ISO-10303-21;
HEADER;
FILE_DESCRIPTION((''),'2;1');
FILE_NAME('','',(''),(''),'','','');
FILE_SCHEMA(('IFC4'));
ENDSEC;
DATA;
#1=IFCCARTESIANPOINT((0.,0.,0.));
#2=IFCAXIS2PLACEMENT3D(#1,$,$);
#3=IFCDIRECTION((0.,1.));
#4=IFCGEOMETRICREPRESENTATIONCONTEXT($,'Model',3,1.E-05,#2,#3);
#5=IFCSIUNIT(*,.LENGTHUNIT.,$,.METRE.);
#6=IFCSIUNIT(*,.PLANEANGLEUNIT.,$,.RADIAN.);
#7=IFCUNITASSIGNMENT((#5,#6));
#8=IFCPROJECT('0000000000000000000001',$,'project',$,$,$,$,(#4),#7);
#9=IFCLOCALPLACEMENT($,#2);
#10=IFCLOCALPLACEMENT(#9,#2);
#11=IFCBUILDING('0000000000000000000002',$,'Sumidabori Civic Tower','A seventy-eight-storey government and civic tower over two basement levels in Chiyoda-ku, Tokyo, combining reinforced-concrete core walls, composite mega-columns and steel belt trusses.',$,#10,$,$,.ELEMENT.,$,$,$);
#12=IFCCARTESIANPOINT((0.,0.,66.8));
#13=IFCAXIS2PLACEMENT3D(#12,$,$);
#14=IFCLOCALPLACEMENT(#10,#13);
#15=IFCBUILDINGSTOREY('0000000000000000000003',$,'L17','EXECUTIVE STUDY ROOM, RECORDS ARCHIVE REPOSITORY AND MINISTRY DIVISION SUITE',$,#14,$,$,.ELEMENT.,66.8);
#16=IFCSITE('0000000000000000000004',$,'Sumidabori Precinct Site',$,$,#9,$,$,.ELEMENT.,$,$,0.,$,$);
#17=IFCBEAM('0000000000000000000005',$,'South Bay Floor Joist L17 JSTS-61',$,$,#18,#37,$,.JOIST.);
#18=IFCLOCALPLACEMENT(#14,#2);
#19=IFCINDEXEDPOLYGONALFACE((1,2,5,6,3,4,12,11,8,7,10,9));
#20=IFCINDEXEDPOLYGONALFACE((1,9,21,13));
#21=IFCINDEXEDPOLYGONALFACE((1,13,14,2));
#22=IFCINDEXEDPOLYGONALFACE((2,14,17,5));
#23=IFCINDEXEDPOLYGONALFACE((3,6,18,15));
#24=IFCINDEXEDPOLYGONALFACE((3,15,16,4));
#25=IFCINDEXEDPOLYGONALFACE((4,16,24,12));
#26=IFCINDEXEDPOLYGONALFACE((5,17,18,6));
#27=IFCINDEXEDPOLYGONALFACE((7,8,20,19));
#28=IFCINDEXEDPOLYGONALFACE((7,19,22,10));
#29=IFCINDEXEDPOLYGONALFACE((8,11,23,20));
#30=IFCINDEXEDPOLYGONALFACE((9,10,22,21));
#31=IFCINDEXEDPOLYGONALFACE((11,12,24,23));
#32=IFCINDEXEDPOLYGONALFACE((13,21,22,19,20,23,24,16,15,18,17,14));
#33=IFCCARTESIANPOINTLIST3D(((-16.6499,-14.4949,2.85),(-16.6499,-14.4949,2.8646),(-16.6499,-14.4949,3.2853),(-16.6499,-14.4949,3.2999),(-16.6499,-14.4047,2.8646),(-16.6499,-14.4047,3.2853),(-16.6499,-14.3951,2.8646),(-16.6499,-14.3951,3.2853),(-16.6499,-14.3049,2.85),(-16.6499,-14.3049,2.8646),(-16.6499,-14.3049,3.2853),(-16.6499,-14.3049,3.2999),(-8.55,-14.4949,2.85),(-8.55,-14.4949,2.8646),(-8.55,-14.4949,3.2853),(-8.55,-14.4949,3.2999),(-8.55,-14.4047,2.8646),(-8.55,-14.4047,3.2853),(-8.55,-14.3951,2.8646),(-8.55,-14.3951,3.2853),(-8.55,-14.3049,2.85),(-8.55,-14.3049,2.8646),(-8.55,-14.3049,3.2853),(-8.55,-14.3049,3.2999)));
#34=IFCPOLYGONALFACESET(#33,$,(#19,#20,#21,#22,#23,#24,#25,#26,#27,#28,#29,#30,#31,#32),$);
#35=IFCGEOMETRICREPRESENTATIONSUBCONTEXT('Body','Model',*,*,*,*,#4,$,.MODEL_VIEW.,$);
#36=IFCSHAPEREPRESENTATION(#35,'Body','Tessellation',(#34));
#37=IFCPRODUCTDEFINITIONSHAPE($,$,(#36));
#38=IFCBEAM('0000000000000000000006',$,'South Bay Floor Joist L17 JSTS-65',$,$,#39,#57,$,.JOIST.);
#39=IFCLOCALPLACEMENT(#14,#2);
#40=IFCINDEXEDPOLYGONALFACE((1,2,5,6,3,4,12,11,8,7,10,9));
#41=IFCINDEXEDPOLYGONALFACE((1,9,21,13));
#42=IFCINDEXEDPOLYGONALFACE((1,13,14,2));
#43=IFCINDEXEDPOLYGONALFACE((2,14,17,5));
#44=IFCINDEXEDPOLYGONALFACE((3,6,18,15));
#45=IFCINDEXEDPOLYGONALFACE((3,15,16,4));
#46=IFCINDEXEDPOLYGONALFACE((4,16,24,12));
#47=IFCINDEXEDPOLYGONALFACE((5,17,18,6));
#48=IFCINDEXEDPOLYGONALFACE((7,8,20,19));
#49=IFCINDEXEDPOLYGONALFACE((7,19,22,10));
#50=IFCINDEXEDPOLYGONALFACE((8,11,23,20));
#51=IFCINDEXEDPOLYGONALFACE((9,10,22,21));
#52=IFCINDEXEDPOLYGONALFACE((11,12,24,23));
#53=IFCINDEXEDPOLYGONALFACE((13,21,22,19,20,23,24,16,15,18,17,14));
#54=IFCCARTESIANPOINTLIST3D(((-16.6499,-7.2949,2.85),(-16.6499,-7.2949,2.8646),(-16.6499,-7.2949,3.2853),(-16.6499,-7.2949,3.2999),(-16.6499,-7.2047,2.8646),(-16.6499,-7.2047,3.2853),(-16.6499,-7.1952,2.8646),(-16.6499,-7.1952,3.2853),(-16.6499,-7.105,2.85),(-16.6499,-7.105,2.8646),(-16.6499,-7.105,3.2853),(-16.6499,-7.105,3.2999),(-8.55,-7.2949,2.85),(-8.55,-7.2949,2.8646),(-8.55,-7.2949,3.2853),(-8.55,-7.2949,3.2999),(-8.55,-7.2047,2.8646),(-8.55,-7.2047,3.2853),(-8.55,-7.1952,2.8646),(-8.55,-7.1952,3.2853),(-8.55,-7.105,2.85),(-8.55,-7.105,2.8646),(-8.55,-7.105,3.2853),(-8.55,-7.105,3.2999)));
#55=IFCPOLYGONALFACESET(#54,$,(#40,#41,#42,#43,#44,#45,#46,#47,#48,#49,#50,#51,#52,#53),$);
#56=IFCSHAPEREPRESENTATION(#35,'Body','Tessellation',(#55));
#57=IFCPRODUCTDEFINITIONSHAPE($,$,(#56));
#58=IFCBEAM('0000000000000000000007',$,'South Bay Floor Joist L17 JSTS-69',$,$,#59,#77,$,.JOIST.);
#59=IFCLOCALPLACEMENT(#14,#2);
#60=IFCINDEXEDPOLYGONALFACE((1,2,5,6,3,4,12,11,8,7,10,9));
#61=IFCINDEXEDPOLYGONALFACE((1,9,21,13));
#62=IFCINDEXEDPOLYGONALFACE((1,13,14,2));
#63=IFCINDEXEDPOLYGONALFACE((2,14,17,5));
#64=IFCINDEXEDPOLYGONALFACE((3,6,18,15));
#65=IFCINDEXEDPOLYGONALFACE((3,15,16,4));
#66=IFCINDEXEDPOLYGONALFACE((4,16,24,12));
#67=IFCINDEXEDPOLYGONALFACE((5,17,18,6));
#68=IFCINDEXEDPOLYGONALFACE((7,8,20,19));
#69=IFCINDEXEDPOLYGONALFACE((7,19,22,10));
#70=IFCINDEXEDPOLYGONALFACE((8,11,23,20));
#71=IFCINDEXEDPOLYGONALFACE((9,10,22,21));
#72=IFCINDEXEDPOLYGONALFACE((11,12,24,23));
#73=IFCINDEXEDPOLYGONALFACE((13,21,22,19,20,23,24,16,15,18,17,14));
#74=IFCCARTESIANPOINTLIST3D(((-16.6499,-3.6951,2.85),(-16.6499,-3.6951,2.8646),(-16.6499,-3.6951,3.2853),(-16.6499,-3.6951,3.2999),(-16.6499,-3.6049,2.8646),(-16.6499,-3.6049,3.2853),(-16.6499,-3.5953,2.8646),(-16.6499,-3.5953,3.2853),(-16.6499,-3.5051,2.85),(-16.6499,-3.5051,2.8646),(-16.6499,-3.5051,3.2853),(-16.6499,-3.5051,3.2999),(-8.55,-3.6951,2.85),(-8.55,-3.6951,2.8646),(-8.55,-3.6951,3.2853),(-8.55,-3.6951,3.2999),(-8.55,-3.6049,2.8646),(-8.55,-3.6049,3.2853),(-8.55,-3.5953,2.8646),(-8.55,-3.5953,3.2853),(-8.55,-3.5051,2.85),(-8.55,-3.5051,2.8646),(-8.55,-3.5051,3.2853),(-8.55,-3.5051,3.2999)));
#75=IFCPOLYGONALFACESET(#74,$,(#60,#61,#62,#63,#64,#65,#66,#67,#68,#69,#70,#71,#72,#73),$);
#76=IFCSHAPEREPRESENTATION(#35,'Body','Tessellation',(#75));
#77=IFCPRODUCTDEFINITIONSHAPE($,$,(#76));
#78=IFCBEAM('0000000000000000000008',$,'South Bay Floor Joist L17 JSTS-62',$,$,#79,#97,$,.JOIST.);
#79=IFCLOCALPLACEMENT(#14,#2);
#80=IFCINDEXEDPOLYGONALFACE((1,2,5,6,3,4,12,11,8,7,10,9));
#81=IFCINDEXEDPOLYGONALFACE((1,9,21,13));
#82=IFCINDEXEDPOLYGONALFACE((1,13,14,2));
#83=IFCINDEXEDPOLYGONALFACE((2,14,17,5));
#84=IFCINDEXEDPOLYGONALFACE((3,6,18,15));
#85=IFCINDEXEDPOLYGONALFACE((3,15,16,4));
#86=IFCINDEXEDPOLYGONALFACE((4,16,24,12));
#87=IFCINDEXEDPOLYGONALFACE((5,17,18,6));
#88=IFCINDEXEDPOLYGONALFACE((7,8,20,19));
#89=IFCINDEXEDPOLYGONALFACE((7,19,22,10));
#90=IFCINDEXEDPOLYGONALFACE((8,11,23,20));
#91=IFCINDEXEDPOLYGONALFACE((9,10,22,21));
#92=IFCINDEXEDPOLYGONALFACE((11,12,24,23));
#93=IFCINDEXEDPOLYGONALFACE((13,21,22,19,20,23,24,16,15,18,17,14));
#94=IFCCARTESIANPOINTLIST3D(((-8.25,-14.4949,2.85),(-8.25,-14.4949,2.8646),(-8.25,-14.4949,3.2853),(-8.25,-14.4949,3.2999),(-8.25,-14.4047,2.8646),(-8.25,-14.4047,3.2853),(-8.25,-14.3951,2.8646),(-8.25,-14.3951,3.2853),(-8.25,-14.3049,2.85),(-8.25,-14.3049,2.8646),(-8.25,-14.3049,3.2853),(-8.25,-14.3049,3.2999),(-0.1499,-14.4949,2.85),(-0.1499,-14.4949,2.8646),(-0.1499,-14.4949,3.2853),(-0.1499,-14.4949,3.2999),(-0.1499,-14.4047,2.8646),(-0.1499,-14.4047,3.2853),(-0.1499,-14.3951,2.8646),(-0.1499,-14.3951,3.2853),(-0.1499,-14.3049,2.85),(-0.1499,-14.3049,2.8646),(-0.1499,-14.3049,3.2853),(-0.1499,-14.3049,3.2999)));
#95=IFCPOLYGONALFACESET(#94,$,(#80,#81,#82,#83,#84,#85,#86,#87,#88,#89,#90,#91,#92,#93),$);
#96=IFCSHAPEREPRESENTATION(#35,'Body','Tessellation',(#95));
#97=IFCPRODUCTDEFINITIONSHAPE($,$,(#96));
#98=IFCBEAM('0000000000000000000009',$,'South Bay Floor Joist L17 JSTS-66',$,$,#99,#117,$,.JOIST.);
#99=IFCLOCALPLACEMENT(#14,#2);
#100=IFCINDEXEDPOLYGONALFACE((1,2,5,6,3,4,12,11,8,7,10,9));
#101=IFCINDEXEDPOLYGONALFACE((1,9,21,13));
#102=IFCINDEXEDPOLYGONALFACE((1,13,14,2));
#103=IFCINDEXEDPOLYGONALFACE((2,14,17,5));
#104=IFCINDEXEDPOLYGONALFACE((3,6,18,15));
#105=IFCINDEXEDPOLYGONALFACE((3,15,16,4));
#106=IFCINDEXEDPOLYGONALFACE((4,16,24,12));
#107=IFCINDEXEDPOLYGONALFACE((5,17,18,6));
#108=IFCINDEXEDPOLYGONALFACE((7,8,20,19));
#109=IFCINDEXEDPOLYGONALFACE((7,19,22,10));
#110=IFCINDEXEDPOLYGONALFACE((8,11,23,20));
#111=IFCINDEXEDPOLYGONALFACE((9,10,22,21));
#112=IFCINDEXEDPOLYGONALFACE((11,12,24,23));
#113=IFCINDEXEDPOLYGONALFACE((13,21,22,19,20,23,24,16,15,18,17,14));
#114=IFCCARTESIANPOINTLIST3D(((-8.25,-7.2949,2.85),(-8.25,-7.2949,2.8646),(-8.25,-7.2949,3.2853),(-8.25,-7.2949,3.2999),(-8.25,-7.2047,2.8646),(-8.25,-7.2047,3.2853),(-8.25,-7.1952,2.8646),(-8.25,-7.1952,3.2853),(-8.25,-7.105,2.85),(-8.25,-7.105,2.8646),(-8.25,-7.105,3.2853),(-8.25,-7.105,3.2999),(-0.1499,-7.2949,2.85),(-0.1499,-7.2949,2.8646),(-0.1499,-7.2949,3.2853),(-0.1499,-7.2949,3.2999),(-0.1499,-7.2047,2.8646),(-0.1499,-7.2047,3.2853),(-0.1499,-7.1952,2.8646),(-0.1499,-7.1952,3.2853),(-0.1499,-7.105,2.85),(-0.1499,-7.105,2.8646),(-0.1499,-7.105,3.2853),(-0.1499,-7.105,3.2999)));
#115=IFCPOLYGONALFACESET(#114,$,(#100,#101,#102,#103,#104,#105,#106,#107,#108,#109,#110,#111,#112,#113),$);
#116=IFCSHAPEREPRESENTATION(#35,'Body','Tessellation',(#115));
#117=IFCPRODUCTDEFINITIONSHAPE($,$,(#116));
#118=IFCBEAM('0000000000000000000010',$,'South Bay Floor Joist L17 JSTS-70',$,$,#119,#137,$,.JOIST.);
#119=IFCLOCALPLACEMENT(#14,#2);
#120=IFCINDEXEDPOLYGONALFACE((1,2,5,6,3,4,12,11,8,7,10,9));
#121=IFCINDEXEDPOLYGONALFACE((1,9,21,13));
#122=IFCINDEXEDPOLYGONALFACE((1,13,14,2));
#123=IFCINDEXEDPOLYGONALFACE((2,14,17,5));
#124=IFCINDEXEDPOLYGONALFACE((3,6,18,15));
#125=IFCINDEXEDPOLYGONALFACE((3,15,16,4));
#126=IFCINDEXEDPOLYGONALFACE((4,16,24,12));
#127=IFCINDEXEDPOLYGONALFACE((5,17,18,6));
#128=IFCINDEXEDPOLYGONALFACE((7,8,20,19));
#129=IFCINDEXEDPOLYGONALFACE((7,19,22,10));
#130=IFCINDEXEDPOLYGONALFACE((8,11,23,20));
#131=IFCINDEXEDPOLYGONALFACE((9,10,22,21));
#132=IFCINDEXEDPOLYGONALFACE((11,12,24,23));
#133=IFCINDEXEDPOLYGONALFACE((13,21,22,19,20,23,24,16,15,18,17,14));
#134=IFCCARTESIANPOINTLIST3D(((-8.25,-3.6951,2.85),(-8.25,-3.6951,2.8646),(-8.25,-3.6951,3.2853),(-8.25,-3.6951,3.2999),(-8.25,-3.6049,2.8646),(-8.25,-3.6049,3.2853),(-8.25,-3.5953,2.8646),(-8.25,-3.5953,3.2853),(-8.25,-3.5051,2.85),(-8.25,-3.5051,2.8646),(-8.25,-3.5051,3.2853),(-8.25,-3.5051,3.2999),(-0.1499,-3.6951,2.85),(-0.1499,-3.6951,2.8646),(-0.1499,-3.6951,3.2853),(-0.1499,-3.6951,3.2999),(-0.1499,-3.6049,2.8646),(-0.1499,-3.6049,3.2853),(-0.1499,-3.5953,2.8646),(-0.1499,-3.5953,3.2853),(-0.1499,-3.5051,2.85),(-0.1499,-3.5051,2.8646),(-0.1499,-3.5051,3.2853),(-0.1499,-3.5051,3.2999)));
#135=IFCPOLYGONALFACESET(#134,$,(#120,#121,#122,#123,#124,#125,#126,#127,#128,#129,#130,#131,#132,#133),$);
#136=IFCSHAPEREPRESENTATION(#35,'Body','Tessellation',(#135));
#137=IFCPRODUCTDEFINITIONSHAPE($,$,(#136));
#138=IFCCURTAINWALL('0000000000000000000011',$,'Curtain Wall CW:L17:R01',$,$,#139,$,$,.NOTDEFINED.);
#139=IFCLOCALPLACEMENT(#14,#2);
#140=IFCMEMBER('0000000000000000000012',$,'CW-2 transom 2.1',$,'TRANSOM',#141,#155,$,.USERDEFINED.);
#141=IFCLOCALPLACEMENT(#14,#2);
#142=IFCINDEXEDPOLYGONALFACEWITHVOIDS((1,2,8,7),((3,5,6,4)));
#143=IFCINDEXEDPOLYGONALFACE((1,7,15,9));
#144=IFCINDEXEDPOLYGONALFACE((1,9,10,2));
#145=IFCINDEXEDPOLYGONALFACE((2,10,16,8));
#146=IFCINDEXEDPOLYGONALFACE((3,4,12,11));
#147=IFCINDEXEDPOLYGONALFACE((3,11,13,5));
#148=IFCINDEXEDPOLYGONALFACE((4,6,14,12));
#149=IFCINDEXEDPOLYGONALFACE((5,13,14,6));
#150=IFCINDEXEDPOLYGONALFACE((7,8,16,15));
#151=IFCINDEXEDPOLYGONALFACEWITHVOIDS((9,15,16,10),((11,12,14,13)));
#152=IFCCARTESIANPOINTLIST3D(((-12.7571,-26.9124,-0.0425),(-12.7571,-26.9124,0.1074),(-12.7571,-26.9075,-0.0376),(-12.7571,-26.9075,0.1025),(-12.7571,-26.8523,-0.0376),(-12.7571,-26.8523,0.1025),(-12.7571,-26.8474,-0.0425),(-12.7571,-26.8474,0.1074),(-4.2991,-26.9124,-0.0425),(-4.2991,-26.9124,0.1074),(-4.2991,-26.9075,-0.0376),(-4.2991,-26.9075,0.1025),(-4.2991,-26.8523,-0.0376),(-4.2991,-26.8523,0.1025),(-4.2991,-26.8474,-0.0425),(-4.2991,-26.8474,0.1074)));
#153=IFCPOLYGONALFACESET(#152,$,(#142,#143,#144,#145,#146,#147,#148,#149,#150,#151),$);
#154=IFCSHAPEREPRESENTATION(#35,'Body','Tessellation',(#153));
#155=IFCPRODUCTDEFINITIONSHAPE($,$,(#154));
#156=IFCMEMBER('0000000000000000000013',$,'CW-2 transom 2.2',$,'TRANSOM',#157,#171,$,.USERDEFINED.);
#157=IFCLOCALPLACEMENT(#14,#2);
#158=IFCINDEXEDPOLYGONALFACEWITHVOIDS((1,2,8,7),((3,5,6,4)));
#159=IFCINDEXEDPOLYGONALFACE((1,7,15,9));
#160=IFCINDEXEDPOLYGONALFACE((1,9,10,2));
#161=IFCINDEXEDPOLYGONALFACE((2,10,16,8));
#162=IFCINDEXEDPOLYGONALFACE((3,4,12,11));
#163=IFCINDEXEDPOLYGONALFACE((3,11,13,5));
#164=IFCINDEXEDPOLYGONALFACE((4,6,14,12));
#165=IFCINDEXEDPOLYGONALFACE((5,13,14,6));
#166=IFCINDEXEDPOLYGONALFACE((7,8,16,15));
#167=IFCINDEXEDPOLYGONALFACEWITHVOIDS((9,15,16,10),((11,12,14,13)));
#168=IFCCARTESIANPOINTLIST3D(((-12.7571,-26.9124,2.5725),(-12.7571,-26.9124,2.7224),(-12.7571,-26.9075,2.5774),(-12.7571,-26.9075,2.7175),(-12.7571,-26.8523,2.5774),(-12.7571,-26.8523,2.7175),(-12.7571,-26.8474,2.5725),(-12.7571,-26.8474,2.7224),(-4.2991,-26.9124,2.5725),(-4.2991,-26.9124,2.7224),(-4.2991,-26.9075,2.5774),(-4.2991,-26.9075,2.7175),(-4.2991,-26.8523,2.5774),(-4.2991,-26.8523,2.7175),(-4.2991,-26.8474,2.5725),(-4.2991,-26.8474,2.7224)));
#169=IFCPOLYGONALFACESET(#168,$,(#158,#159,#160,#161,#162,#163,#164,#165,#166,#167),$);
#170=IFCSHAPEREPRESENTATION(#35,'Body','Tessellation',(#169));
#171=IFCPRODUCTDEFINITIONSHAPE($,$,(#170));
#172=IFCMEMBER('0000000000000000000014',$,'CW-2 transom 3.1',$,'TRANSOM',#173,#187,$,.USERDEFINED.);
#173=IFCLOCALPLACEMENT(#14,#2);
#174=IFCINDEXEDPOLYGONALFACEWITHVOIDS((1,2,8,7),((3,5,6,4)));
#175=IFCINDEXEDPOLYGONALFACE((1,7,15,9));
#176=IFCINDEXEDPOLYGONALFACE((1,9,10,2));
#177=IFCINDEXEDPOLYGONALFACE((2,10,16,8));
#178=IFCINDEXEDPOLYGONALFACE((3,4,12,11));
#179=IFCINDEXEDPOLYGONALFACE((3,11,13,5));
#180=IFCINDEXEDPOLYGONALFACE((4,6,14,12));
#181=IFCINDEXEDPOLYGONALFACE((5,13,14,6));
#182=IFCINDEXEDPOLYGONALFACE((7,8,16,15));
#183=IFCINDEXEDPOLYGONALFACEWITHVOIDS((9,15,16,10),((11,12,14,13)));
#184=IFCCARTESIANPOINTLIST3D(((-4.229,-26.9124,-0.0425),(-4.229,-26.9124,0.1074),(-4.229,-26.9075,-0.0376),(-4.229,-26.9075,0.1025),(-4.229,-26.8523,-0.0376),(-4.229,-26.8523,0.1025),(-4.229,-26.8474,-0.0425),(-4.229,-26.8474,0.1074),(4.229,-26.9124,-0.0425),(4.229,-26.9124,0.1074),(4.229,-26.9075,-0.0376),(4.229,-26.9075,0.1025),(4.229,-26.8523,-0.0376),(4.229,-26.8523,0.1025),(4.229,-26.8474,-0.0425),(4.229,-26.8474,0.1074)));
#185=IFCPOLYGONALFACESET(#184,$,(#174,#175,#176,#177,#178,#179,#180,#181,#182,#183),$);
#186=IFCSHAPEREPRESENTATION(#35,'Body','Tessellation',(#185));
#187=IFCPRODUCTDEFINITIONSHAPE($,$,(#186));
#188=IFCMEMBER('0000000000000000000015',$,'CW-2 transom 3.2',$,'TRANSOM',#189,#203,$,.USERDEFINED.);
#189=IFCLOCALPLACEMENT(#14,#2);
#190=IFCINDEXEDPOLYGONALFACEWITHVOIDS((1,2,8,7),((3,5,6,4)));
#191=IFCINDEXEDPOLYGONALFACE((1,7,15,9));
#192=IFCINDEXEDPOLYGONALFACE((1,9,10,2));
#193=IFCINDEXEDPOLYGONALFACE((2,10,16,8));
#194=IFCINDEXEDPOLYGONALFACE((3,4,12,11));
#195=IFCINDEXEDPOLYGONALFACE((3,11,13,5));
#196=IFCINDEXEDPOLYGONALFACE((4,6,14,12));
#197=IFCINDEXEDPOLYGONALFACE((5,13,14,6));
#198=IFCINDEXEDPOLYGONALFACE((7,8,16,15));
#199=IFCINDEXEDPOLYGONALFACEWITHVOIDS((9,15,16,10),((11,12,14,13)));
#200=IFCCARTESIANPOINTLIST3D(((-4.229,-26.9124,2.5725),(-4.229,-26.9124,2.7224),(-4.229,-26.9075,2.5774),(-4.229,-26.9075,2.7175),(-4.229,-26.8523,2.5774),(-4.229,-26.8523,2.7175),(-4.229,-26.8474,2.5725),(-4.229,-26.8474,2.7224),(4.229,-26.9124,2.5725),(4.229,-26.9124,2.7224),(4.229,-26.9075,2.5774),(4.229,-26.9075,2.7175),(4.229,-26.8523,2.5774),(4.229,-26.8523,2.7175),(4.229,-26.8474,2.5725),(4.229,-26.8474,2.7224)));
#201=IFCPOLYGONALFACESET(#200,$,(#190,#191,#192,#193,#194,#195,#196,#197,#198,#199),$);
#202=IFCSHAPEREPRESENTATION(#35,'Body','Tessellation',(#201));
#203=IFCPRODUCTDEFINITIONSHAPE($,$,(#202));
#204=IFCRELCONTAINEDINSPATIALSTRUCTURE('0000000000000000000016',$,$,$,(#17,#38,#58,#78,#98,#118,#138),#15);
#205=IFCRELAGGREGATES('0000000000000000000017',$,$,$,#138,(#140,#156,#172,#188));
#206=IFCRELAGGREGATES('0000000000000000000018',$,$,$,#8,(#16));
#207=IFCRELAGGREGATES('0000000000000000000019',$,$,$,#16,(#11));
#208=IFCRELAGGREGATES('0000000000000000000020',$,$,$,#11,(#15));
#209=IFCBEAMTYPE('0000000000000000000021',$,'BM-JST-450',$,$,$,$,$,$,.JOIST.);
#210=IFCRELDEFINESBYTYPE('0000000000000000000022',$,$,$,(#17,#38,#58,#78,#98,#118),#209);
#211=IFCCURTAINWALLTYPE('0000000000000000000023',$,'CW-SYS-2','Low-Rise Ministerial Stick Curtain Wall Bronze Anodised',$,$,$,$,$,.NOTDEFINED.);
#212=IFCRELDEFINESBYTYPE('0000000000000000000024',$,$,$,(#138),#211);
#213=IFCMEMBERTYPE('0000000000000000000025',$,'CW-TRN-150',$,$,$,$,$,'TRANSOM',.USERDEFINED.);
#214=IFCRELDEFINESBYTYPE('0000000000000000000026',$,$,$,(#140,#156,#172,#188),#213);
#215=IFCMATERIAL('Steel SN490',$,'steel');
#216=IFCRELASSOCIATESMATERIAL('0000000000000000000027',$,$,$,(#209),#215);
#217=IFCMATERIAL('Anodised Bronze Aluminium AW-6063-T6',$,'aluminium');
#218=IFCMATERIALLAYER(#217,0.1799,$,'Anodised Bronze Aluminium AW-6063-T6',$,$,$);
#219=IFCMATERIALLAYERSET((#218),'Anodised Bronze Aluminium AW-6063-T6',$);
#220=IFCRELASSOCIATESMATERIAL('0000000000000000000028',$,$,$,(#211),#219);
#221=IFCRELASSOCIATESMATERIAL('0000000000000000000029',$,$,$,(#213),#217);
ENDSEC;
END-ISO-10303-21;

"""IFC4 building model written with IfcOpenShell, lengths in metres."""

from ifc_helpers import new_model, si_unit, direction, frame, origin, origin_2d, place, context, subcontext, project, spatial, hollow_rectangle, i_section, extrude, source, transform, mapped, material, layer, layer_set, material_profile, profile_set, type_object, element, aggregate, save


model = new_model("IFC4")

# Units and contexts
model_context = context("Model", 3, precision=1e-05, world=origin(), true_north=direction((0.0, 1.0)))
body_context = subcontext(model_context, "Body", "Model", "MODEL_VIEW")
ifc_project = project(units=[si_unit("LENGTHUNIT", "METRE"), si_unit("PLANEANGLEUNIT", "RADIAN")], contexts=[model_context])

# Site, building, storey
site_placement = place(None, origin())
site = spatial("IfcSite", under=ifc_project, at=site_placement, Name="Sumidabori Precinct Site", CompositionType="ELEMENT", RefElevation=0.0)
building_placement = place(site_placement, origin())
building = spatial("IfcBuilding", under=site, at=building_placement, Name="Sumidabori Civic Tower", Description="A seventy-eight-storey government and civic tower over two basement levels in Chiyoda-ku, Tokyo, combining reinforced-concrete core walls, composite mega-columns and steel belt trusses.", CompositionType="ELEMENT")
storey_placement = place(building_placement, frame((0.0, 0.0, 66.8)))
storey = spatial("IfcBuildingStorey", under=building, at=storey_placement, Name="L17", Description="EXECUTIVE STUDY ROOM, RECORDS ARCHIVE REPOSITORY AND MINISTRY DIVISION SUITE", CompositionType="ELEMENT", Elevation=66.8)

# Beams
ifc_material_1 = material(Name="Steel SN490", Category="steel")
ifc_material_profile_1 = material_profile(ifc_material_1, i_section(OverallWidth=0.1899, OverallDepth=0.45, WebThickness=0.0095, FlangeThickness=0.0146, at=origin_2d()), Name="IPE 450")
ifc_profile_set_1 = profile_set([ifc_material_profile_1], Name="Steel SN490")
beam_type_1 = type_object("IfcBeamType", Name="BM-JST-450", PredefinedType="JOIST", material=ifc_profile_set_1)
shared_shape_1 = source(origin(), body_context, "Body", "SweptSolid", [
    extrude(i_section(OverallWidth=0.1899, OverallDepth=0.45, WebThickness=0.0095, FlangeThickness=0.0146, at=origin_2d()), origin(), (0.0, 0.0, 1.0), 8.0999),
])
for number, where, z_axis, x_axis, name in (
    (1, (-16.6499, -14.3999, 3.075), (1.0, 0.0, 0.0), (0.0, 1.0, 0.0), "South Bay Floor Joist L17 JSTS-61"),
    (2, (-16.6499, -7.2, 3.075), (1.0, 0.0, 0.0), (0.0, 1.0, 0.0), "South Bay Floor Joist L17 JSTS-65"),
    (3, (-16.6499, -3.6001, 3.075), (1.0, 0.0, 0.0), (0.0, 1.0, 0.0), "South Bay Floor Joist L17 JSTS-69"),
):
    element("IfcBeam", number, at=place(storey_placement, frame(where, z_axis=z_axis, x_axis=x_axis)), inside=storey, type_object=beam_type_1, Name=name, PredefinedType="JOIST", context=body_context, shape_type="MappedRepresentation", body=[
        mapped(shared_shape_1, transform((0.0, 0.0, 0.0), x_axis=(1.0, 0.0, 0.0), y_axis=(0.0, 1.0, 0.0), z_axis=(0.0, 0.0, 1.0), scale=1.0)),
    ])
shared_shape_2 = source(origin(), body_context, "Body", "SweptSolid", [
    extrude(i_section(OverallWidth=0.1899, OverallDepth=0.45, WebThickness=0.0095, FlangeThickness=0.0146, at=origin_2d()), origin(), (0.0, 0.0, 1.0), 8.1001),
])
for number, where, z_axis, x_axis, name in (
    (4, (-8.25, -14.3999, 3.075), (1.0, 0.0, 0.0), (0.0, 1.0, 0.0), "South Bay Floor Joist L17 JSTS-62"),
    (5, (-8.25, -7.2, 3.075), (1.0, 0.0, 0.0), (0.0, 1.0, 0.0), "South Bay Floor Joist L17 JSTS-66"),
    (6, (-8.25, -3.6001, 3.075), (1.0, 0.0, 0.0), (0.0, 1.0, 0.0), "South Bay Floor Joist L17 JSTS-70"),
):
    element("IfcBeam", number, at=place(storey_placement, frame(where, z_axis=z_axis, x_axis=x_axis)), inside=storey, type_object=beam_type_1, Name=name, PredefinedType="JOIST", context=body_context, shape_type="MappedRepresentation", body=[
        mapped(shared_shape_2, transform((0.0, 0.0, 0.0), x_axis=(1.0, 0.0, 0.0), y_axis=(0.0, 1.0, 0.0), z_axis=(0.0, 0.0, 1.0), scale=1.0)),
    ])

# Curtain wall, members
ifc_material_2 = material(Name="Anodised Bronze Aluminium AW-6063-T6", Category="aluminium")
ifc_layer_1 = layer(ifc_material_2, 0.1799, Name="Anodised Bronze Aluminium AW-6063-T6")
ifc_layer_set_1 = layer_set([ifc_layer_1], Name="Anodised Bronze Aluminium AW-6063-T6")
curtain_wall_type = type_object("IfcCurtainWallType", Name="CW-SYS-2", Description="Low-Rise Ministerial Stick Curtain Wall Bronze Anodised", PredefinedType="NOTDEFINED", material=ifc_layer_set_1)
curtain_wall_placement = place(storey_placement, origin())
curtain_wall = element("IfcCurtainWall", 7, at=curtain_wall_placement, inside=storey, type_object=curtain_wall_type, Name="Curtain Wall CW:L17:R01", PredefinedType="NOTDEFINED")
ifc_material_profile_2 = material_profile(ifc_material_2, hollow_rectangle(XDim=0.0649, YDim=0.1499, WallThickness=0.0049, at=origin_2d()), Name="ALU TRANSOM 150x65")
ifc_profile_set_2 = profile_set([ifc_material_profile_2], Name="Anodised Bronze Aluminium AW-6063-T6")
member_type_1 = type_object("IfcMemberType", Name="CW-TRN-150", ElementType="TRANSOM", PredefinedType="USERDEFINED", material=ifc_profile_set_2)
shared_shape_3 = source(origin(), body_context, "Body", "SweptSolid", [
    extrude(hollow_rectangle(XDim=0.0649, YDim=0.1499, WallThickness=0.0049, at=origin_2d()), origin(), (0.0, 0.0, 1.0), 8.458),
])
member_1_placement = place(storey_placement, frame((-12.7571, -26.8799, 0.0325), z_axis=(1.0, 0.0, 0.0), x_axis=(0.0, 1.0, 0.0)))
member_1 = element("IfcMember", 8, at=member_1_placement, type_object=member_type_1, Name="CW-2 transom 2.1", ObjectType="TRANSOM", PredefinedType="USERDEFINED", context=body_context, shape_type="MappedRepresentation", body=[
    mapped(shared_shape_3, transform((0.0, 0.0, 0.0), x_axis=(1.0, 0.0, 0.0), y_axis=(0.0, 1.0, 0.0), z_axis=(0.0, 0.0, 1.0), scale=1.0)),
])
member_2_placement = place(storey_placement, frame((-12.7571, -26.8799, 2.6475), z_axis=(1.0, 0.0, 0.0), x_axis=(0.0, 1.0, 0.0)))
member_2 = element("IfcMember", 9, at=member_2_placement, type_object=member_type_1, Name="CW-2 transom 2.2", ObjectType="TRANSOM", PredefinedType="USERDEFINED", context=body_context, shape_type="MappedRepresentation", body=[
    mapped(shared_shape_3, transform((0.0, 0.0, 0.0), x_axis=(1.0, 0.0, 0.0), y_axis=(0.0, 1.0, 0.0), z_axis=(0.0, 0.0, 1.0), scale=1.0)),
])
member_3_placement = place(storey_placement, frame((-4.229, -26.8799, 0.0325), z_axis=(1.0, 0.0, 0.0), x_axis=(0.0, 1.0, 0.0)))
member_3 = element("IfcMember", 10, at=member_3_placement, type_object=member_type_1, Name="CW-2 transom 3.1", ObjectType="TRANSOM", PredefinedType="USERDEFINED", context=body_context, shape_type="MappedRepresentation", body=[
    mapped(shared_shape_3, transform((0.0, 0.0, 0.0), x_axis=(1.0, 0.0, 0.0), y_axis=(0.0, 1.0, 0.0), z_axis=(0.0, 0.0, 1.0), scale=1.0)),
])
member_4_placement = place(storey_placement, frame((-4.229, -26.8799, 2.6475), z_axis=(1.0, 0.0, 0.0), x_axis=(0.0, 1.0, 0.0)))
member_4 = element("IfcMember", 11, at=member_4_placement, type_object=member_type_1, Name="CW-2 transom 3.2", ObjectType="TRANSOM", PredefinedType="USERDEFINED", context=body_context, shape_type="MappedRepresentation", body=[
    mapped(shared_shape_3, transform((0.0, 0.0, 0.0), x_axis=(1.0, 0.0, 0.0), y_axis=(0.0, 1.0, 0.0), z_axis=(0.0, 0.0, 1.0), scale=1.0)),
])
aggregate(curtain_wall, [member_1, member_2, member_3, member_4])

save(model, "model.ifc")
